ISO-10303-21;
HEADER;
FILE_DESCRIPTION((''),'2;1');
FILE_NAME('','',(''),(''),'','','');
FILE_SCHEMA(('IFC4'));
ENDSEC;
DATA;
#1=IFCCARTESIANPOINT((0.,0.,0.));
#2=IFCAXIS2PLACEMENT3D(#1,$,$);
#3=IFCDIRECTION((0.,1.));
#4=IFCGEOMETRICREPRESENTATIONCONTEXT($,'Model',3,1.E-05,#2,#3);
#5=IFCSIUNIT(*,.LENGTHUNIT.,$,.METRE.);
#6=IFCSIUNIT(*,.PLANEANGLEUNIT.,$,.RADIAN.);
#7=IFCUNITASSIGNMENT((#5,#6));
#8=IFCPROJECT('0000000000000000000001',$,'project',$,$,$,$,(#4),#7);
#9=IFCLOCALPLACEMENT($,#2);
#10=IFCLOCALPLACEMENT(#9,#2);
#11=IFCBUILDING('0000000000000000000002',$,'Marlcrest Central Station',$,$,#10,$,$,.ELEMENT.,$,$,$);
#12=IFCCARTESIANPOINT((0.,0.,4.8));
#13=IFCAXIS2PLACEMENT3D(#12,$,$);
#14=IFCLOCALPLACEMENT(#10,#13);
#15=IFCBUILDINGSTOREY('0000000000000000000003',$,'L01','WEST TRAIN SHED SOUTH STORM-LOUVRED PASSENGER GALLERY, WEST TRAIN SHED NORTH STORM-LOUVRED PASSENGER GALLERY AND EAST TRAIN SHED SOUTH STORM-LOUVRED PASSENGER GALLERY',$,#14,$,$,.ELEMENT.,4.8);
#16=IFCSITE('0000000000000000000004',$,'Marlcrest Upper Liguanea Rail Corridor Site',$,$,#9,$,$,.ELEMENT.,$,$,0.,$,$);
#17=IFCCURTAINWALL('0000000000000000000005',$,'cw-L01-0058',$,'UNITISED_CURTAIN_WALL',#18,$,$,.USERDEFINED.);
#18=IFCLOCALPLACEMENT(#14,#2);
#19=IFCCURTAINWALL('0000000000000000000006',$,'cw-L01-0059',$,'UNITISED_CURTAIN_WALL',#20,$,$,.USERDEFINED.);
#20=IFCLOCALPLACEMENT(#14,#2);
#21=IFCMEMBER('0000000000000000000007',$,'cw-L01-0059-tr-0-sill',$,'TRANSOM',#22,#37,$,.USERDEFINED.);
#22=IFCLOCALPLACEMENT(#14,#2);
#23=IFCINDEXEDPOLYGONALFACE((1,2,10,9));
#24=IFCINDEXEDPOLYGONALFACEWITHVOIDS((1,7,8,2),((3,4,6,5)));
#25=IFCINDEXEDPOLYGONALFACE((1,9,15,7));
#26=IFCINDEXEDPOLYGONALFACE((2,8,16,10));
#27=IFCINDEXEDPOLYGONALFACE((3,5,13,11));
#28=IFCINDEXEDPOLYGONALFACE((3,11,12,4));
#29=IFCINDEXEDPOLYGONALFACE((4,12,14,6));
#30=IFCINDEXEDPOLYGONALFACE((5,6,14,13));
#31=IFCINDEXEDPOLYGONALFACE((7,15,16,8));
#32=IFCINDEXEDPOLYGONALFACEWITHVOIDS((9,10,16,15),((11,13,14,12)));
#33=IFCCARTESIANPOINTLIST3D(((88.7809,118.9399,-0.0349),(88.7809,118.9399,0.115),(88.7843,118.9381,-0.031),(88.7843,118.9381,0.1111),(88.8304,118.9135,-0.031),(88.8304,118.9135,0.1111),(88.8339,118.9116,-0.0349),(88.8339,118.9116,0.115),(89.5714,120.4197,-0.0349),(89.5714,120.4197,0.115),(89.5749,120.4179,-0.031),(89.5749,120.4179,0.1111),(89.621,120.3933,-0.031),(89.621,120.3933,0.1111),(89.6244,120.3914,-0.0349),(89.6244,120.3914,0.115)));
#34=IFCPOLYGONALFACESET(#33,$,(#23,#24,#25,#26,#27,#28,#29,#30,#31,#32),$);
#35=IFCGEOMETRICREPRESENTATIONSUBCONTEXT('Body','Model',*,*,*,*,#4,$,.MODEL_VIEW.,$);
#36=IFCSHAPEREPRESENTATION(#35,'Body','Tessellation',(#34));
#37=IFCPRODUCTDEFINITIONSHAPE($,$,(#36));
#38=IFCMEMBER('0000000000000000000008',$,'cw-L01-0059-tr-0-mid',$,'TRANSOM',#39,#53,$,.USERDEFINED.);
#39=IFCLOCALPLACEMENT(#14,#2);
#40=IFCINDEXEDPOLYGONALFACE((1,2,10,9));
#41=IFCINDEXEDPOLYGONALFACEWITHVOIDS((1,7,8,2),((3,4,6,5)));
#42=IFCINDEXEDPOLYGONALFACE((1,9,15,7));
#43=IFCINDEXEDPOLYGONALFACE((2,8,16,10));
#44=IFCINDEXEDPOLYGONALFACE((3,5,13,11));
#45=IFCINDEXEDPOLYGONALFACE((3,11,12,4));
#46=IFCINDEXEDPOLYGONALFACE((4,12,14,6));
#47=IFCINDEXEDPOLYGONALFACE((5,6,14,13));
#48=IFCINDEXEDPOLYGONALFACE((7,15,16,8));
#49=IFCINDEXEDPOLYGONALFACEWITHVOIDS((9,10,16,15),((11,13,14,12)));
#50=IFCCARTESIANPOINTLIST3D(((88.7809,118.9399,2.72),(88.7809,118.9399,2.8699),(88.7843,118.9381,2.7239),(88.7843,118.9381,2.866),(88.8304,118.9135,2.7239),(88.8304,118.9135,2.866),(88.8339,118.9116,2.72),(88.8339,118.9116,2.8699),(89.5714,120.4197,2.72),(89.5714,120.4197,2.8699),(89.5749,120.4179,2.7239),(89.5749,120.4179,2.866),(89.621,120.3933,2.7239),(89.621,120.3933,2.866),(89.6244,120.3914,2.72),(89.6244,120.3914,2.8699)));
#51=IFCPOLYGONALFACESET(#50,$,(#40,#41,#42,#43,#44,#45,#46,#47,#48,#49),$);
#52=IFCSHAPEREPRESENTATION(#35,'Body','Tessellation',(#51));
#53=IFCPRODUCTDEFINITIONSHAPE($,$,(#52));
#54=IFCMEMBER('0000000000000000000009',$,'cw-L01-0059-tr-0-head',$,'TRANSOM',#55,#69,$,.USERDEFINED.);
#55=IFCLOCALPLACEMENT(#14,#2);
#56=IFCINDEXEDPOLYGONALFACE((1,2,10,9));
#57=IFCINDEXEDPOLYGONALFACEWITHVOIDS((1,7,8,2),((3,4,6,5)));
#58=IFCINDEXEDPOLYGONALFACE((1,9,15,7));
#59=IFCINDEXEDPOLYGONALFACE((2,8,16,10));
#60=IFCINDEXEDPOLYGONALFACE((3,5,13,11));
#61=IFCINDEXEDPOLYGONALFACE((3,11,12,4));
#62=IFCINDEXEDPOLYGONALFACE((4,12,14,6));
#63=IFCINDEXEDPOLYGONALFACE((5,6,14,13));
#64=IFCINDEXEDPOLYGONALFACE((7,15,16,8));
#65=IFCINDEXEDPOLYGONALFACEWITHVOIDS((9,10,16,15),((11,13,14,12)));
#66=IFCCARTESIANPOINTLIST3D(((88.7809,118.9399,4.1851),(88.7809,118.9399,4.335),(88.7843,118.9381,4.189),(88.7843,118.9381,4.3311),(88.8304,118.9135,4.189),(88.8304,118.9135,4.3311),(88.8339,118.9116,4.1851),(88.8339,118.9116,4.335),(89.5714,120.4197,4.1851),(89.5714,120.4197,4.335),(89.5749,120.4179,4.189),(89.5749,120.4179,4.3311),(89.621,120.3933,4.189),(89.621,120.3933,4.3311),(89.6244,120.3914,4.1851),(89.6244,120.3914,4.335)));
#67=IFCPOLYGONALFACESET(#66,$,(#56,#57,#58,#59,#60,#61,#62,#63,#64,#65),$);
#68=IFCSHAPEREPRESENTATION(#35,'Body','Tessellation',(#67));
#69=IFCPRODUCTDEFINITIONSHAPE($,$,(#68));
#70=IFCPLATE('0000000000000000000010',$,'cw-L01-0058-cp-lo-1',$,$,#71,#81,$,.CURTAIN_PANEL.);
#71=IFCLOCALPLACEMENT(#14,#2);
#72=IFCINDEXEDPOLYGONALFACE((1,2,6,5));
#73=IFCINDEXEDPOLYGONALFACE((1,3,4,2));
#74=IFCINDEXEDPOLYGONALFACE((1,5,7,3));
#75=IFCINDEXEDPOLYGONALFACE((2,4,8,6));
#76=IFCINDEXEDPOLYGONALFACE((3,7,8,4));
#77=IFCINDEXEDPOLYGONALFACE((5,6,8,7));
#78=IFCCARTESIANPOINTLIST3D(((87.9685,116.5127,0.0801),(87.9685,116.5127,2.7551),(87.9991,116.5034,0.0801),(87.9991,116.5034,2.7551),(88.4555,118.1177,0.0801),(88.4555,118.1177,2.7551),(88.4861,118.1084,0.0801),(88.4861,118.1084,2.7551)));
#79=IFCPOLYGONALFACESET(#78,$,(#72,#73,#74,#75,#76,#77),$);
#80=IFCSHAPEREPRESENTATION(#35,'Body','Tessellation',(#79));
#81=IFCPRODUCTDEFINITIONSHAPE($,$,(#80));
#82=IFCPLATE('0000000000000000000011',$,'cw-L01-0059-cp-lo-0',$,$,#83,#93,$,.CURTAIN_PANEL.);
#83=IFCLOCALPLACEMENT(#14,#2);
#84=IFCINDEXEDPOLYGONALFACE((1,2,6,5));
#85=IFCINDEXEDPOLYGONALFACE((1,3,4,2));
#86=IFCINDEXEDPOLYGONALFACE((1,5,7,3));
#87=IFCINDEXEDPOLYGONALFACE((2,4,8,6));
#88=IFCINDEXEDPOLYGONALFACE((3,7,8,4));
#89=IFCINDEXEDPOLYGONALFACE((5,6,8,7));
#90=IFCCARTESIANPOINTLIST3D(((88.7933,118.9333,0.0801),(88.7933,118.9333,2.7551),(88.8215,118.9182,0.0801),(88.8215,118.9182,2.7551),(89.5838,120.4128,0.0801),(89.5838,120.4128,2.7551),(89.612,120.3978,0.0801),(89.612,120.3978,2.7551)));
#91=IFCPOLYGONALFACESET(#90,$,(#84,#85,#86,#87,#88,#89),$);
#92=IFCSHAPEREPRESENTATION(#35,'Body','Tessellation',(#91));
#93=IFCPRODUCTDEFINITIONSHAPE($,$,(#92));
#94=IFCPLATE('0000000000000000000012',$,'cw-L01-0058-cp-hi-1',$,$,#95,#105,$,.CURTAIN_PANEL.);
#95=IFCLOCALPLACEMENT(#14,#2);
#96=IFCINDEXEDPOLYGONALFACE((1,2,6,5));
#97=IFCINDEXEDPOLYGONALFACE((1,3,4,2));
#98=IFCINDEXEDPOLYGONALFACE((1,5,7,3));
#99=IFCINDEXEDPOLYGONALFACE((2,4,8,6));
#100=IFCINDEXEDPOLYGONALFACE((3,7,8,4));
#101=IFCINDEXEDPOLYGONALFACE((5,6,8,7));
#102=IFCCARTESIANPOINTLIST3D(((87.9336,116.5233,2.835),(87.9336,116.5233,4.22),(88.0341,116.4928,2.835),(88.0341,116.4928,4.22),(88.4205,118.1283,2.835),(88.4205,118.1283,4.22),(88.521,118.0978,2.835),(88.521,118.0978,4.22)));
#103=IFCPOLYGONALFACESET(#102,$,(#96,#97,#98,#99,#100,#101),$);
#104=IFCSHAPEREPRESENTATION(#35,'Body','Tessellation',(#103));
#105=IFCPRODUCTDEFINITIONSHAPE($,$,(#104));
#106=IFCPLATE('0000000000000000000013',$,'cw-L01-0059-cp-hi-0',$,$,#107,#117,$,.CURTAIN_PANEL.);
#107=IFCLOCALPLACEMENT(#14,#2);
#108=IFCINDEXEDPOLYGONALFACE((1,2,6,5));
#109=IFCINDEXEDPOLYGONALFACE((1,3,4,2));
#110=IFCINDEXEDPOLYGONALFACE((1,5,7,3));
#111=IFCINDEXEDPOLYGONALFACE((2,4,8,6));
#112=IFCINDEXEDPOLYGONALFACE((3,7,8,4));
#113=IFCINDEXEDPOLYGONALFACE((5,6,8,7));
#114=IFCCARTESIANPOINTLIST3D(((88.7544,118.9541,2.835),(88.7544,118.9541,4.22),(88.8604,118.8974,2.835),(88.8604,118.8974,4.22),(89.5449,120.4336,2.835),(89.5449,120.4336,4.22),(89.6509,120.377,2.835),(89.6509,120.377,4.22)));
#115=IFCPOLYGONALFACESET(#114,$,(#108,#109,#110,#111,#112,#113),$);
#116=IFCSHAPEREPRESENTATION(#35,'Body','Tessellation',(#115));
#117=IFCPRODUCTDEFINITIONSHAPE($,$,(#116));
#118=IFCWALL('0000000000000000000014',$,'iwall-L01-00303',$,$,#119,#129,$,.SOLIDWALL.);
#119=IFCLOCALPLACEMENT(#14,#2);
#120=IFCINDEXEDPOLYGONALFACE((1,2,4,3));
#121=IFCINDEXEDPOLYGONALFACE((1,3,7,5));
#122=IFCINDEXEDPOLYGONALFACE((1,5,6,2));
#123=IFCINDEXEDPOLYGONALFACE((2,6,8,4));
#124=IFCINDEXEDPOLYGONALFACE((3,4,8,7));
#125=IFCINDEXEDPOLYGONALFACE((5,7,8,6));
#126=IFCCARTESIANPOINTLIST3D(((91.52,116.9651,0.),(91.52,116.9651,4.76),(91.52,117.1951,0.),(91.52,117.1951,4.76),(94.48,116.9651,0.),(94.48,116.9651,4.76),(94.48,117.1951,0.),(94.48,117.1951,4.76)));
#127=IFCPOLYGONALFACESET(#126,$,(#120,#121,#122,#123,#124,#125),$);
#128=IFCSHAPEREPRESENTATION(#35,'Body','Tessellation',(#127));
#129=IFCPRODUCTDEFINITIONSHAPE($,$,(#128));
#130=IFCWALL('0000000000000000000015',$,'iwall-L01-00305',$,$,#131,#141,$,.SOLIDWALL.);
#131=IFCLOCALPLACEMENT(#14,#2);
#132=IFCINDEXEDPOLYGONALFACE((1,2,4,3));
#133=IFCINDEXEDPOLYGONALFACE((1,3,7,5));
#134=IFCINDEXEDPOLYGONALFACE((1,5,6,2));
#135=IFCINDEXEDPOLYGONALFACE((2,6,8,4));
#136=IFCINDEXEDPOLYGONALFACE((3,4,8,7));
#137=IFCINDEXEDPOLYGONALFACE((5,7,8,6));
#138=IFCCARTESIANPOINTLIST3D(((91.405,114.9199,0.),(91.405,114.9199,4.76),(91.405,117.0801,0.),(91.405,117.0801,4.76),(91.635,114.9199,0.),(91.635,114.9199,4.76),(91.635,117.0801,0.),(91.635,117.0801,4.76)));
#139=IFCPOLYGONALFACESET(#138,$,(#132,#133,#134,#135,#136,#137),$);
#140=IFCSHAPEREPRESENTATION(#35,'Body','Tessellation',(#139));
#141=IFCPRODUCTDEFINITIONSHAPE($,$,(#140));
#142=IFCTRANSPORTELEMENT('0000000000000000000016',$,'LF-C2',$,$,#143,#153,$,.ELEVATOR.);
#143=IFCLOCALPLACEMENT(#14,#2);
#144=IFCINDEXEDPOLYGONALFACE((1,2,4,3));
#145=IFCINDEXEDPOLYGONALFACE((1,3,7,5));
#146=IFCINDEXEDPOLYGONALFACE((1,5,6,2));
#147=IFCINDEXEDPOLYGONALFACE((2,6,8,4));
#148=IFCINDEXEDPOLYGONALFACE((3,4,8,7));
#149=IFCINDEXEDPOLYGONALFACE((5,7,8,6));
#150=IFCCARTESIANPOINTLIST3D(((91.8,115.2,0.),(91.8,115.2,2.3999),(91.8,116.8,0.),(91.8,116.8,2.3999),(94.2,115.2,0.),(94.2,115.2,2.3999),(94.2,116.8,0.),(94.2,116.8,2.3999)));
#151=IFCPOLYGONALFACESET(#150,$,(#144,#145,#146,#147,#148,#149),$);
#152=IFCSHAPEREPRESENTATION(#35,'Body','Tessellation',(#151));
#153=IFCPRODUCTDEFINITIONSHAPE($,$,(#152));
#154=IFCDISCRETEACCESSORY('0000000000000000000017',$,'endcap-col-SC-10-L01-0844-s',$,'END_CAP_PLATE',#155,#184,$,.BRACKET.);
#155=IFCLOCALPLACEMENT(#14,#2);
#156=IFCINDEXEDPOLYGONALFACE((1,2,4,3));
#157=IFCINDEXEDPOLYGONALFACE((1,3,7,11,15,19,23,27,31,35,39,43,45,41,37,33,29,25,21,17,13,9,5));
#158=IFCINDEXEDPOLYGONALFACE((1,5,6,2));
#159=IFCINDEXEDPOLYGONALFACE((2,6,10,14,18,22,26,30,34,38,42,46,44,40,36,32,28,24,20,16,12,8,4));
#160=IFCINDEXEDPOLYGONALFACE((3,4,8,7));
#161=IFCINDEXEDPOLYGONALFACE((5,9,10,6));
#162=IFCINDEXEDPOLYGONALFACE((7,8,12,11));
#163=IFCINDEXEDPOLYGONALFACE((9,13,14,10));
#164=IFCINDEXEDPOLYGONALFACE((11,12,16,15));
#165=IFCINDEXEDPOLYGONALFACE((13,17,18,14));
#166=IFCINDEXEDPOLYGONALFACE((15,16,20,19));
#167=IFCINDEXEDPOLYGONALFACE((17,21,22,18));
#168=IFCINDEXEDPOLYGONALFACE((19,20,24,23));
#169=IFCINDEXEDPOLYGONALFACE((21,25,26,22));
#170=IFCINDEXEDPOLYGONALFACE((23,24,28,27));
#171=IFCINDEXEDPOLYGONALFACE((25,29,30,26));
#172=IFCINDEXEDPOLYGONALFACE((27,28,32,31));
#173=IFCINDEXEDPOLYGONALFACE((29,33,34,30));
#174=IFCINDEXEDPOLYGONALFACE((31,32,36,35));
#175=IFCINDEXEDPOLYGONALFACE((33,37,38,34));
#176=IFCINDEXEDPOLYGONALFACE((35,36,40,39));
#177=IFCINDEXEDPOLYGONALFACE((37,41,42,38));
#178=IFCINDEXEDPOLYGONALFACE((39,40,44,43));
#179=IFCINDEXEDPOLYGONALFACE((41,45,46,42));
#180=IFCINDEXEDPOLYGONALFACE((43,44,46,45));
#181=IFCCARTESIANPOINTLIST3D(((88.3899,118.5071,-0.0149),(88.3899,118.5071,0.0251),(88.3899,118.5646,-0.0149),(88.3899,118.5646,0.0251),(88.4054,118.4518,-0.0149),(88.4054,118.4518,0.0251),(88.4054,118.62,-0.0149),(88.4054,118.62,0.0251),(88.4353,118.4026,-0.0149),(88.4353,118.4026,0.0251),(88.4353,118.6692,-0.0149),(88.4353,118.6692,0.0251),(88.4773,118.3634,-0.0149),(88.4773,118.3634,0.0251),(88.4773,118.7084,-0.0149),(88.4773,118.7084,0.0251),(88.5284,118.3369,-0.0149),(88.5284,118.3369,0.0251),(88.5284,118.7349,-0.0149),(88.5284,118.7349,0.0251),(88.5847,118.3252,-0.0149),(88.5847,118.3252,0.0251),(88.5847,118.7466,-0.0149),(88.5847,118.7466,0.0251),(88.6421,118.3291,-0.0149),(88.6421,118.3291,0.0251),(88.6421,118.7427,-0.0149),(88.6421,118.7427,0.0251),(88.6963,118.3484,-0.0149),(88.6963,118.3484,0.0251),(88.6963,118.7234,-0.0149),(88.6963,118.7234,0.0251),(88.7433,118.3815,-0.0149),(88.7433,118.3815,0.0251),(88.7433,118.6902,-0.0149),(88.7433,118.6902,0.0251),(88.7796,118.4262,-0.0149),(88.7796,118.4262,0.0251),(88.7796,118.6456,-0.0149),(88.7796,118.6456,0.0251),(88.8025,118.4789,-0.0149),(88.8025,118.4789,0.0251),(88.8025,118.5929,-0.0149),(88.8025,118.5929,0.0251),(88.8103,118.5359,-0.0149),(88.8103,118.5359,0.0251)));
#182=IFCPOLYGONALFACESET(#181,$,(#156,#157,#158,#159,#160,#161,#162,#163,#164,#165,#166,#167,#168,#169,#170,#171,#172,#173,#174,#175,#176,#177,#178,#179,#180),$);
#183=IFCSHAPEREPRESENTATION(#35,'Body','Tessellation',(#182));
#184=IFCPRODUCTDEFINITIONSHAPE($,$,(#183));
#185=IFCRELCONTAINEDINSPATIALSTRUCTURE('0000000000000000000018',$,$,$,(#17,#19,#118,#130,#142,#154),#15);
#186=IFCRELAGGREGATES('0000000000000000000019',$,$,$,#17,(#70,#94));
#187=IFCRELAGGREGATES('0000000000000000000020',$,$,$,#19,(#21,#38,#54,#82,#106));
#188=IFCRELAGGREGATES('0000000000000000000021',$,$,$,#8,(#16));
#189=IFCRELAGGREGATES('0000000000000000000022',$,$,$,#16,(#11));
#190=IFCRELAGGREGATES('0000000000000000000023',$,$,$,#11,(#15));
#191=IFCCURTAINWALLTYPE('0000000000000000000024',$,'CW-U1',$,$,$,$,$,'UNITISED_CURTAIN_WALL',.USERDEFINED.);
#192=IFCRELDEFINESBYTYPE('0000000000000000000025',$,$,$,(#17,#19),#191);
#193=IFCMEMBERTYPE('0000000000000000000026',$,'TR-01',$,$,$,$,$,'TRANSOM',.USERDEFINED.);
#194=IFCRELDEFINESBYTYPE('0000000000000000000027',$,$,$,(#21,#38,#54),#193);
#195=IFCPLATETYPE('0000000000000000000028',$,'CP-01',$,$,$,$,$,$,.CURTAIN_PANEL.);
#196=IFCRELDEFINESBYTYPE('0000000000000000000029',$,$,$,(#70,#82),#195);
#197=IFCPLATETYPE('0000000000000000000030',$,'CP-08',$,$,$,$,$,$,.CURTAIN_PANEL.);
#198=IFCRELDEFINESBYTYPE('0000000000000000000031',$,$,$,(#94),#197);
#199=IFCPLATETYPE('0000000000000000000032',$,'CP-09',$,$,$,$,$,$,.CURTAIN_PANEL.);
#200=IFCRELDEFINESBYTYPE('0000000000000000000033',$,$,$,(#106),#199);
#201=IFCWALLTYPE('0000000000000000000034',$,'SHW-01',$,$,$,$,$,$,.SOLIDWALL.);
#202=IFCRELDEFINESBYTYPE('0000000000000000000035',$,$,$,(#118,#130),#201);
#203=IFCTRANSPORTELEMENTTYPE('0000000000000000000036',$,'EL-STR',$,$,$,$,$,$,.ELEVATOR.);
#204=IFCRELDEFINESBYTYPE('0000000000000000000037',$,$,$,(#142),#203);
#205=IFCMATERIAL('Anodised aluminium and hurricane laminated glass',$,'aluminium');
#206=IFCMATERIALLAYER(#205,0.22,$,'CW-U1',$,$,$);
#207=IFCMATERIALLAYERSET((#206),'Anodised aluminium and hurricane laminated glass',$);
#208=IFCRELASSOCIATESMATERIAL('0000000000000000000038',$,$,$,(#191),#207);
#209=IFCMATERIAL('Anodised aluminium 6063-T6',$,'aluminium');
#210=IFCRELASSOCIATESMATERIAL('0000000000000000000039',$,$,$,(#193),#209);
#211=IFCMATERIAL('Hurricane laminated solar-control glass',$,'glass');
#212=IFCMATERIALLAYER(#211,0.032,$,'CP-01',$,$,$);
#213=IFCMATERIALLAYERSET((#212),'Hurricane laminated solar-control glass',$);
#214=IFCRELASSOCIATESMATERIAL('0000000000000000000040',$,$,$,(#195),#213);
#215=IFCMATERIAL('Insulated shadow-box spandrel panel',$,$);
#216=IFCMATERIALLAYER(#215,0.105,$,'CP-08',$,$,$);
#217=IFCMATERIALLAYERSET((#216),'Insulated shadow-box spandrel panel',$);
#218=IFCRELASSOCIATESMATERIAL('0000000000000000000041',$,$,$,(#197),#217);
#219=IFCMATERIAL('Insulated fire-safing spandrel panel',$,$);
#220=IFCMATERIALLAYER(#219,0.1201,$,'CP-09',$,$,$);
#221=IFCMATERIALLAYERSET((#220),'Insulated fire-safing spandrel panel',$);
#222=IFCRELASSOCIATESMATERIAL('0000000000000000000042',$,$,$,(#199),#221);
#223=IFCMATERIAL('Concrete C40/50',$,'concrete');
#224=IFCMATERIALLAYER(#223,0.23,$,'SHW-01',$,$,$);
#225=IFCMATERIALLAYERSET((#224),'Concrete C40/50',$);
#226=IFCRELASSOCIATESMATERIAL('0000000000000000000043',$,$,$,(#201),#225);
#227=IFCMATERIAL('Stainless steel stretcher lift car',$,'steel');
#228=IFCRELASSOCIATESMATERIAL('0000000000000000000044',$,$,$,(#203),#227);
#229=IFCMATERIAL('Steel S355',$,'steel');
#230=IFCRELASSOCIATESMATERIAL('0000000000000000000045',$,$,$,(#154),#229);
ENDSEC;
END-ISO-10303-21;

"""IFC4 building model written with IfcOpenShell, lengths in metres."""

from ifc_helpers import new_model, si_unit, direction, frame, frame_2d, origin, origin_2d, place, context, subcontext, project, spatial, rectangle, hollow_rectangle, circle, extrude, material, layer, layer_set, material_profile, profile_set, type_object, element, aggregate, save


model = new_model("IFC4")

# Units and contexts
model_context = context("Model", 3, precision=1e-05, world=origin(), true_north=direction((0.0, 1.0)))
body_context = subcontext(model_context, "Body", "Model", "MODEL_VIEW")
ifc_project = project(units=[si_unit("LENGTHUNIT", "METRE"), si_unit("PLANEANGLEUNIT", "RADIAN")], contexts=[model_context])

# Site, building, storey
site_placement = place(None, origin())
site = spatial("IfcSite", under=ifc_project, at=site_placement, Name="Marlcrest Upper Liguanea Rail Corridor Site", CompositionType="ELEMENT", RefElevation=0.0)
building_placement = place(site_placement, origin())
building = spatial("IfcBuilding", under=site, at=building_placement, Name="Marlcrest Central Station", CompositionType="ELEMENT")
storey_placement = place(building_placement, frame((0.0, 0.0, 4.8)))
storey = spatial("IfcBuildingStorey", under=building, at=storey_placement, Name="L01", Description="WEST TRAIN SHED SOUTH STORM-LOUVRED PASSENGER GALLERY, WEST TRAIN SHED NORTH STORM-LOUVRED PASSENGER GALLERY AND EAST TRAIN SHED SOUTH STORM-LOUVRED PASSENGER GALLERY", CompositionType="ELEMENT", Elevation=4.8)

# Shared definitions
ifc_material_1 = material(Name="Steel S355", Category="steel")

# Curtain wall
ifc_material_2 = material(Name="Anodised aluminium and hurricane laminated glass", Category="aluminium")
ifc_layer_1 = layer(ifc_material_2, 0.22, Name="CW-U1")
ifc_layer_set_1 = layer_set([ifc_layer_1], Name="Anodised aluminium and hurricane laminated glass")
curtain_wall_type = type_object("IfcCurtainWallType", Name="CW-U1", ElementType="UNITISED_CURTAIN_WALL", PredefinedType="USERDEFINED", material=ifc_layer_set_1)
curtain_wall_1_placement = place(storey_placement, origin())
curtain_wall_1 = element("IfcCurtainWall", 1, at=curtain_wall_1_placement, inside=storey, type_object=curtain_wall_type, Name="cw-L01-0058", ObjectType="UNITISED_CURTAIN_WALL", PredefinedType="USERDEFINED")
ifc_material_3 = material(Name="Anodised aluminium 6063-T6", Category="aluminium")

# Curtain wall
curtain_wall_2_placement = place(storey_placement, origin())
curtain_wall_2 = element("IfcCurtainWall", 2, at=curtain_wall_2_placement, inside=storey, type_object=curtain_wall_type, Name="cw-L01-0059", ObjectType="UNITISED_CURTAIN_WALL", PredefinedType="USERDEFINED")

# Members
ifc_material_profile_1 = material_profile(ifc_material_3, hollow_rectangle(XDim=0.0601, YDim=0.1499, WallThickness=0.0039, at=origin_2d()), Name="AA-RHS 150x60x4")
ifc_profile_set_1 = profile_set([ifc_material_profile_1], Name="Anodised aluminium 6063-T6")
member_type_1 = type_object("IfcMemberType", Name="TR-01", ElementType="TRANSOM", PredefinedType="USERDEFINED", material=ifc_profile_set_1)
member_1_placement = place(storey_placement, frame((88.8074, 118.9258, 0.04), z_axis=(0.471207, 0.882022, 0.0), x_axis=(-0.882022, 0.471207, 0.0)))
member_1 = element("IfcMember", 3, at=member_1_placement, type_object=member_type_1, Name="cw-L01-0059-tr-0-sill", ObjectType="TRANSOM", PredefinedType="USERDEFINED", context=body_context, shape_type="SweptSolid", body=[
    extrude(hollow_rectangle(XDim=0.0601, YDim=0.1499, WallThickness=0.0039, at=origin_2d()), origin(), (0.0, 0.0, 1.0), 1.6777),
])
member_2_placement = place(storey_placement, frame((88.8074, 118.9258, 2.7949), z_axis=(0.471207, 0.882022, 0.0), x_axis=(-0.882022, 0.471207, 0.0)))
member_2 = element("IfcMember", 4, at=member_2_placement, type_object=member_type_1, Name="cw-L01-0059-tr-0-mid", ObjectType="TRANSOM", PredefinedType="USERDEFINED", context=body_context, shape_type="SweptSolid", body=[
    extrude(hollow_rectangle(XDim=0.0601, YDim=0.1499, WallThickness=0.0039, at=origin_2d()), origin(), (0.0, 0.0, 1.0), 1.6777),
])
member_3_placement = place(storey_placement, frame((88.8074, 118.9258, 4.26), z_axis=(0.471207, 0.882022, 0.0), x_axis=(-0.882022, 0.471207, 0.0)))
member_3 = element("IfcMember", 5, at=member_3_placement, type_object=member_type_1, Name="cw-L01-0059-tr-0-head", ObjectType="TRANSOM", PredefinedType="USERDEFINED", context=body_context, shape_type="SweptSolid", body=[
    extrude(hollow_rectangle(XDim=0.0601, YDim=0.1499, WallThickness=0.0039, at=origin_2d()), origin(), (0.0, 0.0, 1.0), 1.6777),
])

# Plates
ifc_material_4 = material(Name="Hurricane laminated solar-control glass", Category="glass")
ifc_layer_2 = layer(ifc_material_4, 0.032, Name="CP-01")
ifc_layer_set_2 = layer_set([ifc_layer_2], Name="Hurricane laminated solar-control glass")
plate_type_1 = type_object("IfcPlateType", Name="CP-01", PredefinedType="CURTAIN_PANEL", material=ifc_layer_set_2)
plate_1_placement = place(storey_placement, frame((88.2273, 117.3105, 0.0801), z_axis=(0.0, 0.0, 1.0), x_axis=(0.290318, 0.95693, 0.0)))
plate_1 = element("IfcPlate", 6, at=plate_1_placement, type_object=plate_type_1, Name="cw-L01-0058-cp-lo-1", PredefinedType="CURTAIN_PANEL", context=body_context, shape_type="SweptSolid", body=[
    extrude(rectangle(XDim=1.6772, YDim=0.032, at=origin_2d()), origin(), (0.0, 0.0, 1.0), 2.675),
])
plate_2_placement = place(storey_placement, frame((89.2026, 119.6655, 0.0801), z_axis=(0.0, 0.0, 1.0), x_axis=(0.471243, 0.882004, 0.0)))
plate_2 = element("IfcPlate", 7, at=plate_2_placement, type_object=plate_type_1, Name="cw-L01-0059-cp-lo-0", PredefinedType="CURTAIN_PANEL", context=body_context, shape_type="SweptSolid", body=[
    extrude(rectangle(XDim=1.6775, YDim=0.032, at=origin_2d()), origin(), (0.0, 0.0, 1.0), 2.675),
])
ifc_material_5 = material(Name="Insulated shadow-box spandrel panel")
ifc_layer_3 = layer(ifc_material_5, 0.105, Name="CP-08")
ifc_layer_set_3 = layer_set([ifc_layer_3], Name="Insulated shadow-box spandrel panel")
plate_type_2 = type_object("IfcPlateType", Name="CP-08", PredefinedType="CURTAIN_PANEL", material=ifc_layer_set_3)
plate_3_placement = place(storey_placement, frame((88.2273, 117.3105, 2.835), z_axis=(0.0, 0.0, 1.0), x_axis=(0.290318, 0.95693, 0.0)))
plate_3 = element("IfcPlate", 8, at=plate_3_placement, type_object=plate_type_2, Name="cw-L01-0058-cp-hi-1", PredefinedType="CURTAIN_PANEL", context=body_context, shape_type="SweptSolid", body=[
    extrude(rectangle(XDim=1.6772, YDim=0.105, at=origin_2d()), origin(), (0.0, 0.0, 1.0), 1.385),
])
aggregate(curtain_wall_1, [plate_1, plate_3])
ifc_material_6 = material(Name="Insulated fire-safing spandrel panel")
ifc_layer_4 = layer(ifc_material_6, 0.1201, Name="CP-09")
ifc_layer_set_4 = layer_set([ifc_layer_4], Name="Insulated fire-safing spandrel panel")
plate_type_3 = type_object("IfcPlateType", Name="CP-09", PredefinedType="CURTAIN_PANEL", material=ifc_layer_set_4)
plate_4_placement = place(storey_placement, frame((89.2026, 119.6655, 2.835), z_axis=(0.0, 0.0, 1.0), x_axis=(0.471243, 0.882004, 0.0)))
plate_4 = element("IfcPlate", 9, at=plate_4_placement, type_object=plate_type_3, Name="cw-L01-0059-cp-hi-0", PredefinedType="CURTAIN_PANEL", context=body_context, shape_type="SweptSolid", body=[
    extrude(rectangle(XDim=1.6775, YDim=0.1201, at=origin_2d()), origin(), (0.0, 0.0, 1.0), 1.385),
])
aggregate(curtain_wall_2, [member_1, member_2, member_3, plate_2, plate_4])

# Walls
ifc_material_7 = material(Name="Concrete C40/50", Category="concrete")
ifc_layer_5 = layer(ifc_material_7, 0.23, Name="SHW-01")
ifc_layer_set_5 = layer_set([ifc_layer_5], Name="Concrete C40/50")
wall_type = type_object("IfcWallType", Name="SHW-01", PredefinedType="SOLIDWALL", material=ifc_layer_set_5)
wall_1_placement = place(storey_placement, frame((91.52, 117.0801, 0.0), z_axis=(0.0, 0.0, 1.0), x_axis=(1.0, 0.0, 0.0)))
element("IfcWall", 10, at=wall_1_placement, inside=storey, type_object=wall_type, Name="iwall-L01-00303", PredefinedType="SOLIDWALL", context=body_context, shape_type="SweptSolid", body=[
    extrude(rectangle(XDim=2.96, YDim=0.23, at=frame_2d((1.48, 0.0))), origin(), (0.0, 0.0, 1.0), 4.76),
])
wall_2_placement = place(storey_placement, frame((91.52, 114.9199, 0.0), z_axis=(0.0, 0.0, 1.0), x_axis=(0.0, 1.0, 0.0)))
element("IfcWall", 11, at=wall_2_placement, inside=storey, type_object=wall_type, Name="iwall-L01-00305", PredefinedType="SOLIDWALL", context=body_context, shape_type="SweptSolid", body=[
    extrude(rectangle(XDim=2.1602, YDim=0.23, at=frame_2d((1.0801, 0.0))), origin(), (0.0, 0.0, 1.0), 4.76),
])

# Transport element
ifc_material_8 = material(Name="Stainless steel stretcher lift car", Category="steel")
transport_element_type = type_object("IfcTransportElementType", Name="EL-STR", PredefinedType="ELEVATOR", material=ifc_material_8)
transport_element_placement = place(storey_placement, frame((93.0, 116.0, 0.0), z_axis=(0.0, 0.0, 1.0), x_axis=(1.0, 0.0, 0.0)))
element("IfcTransportElement", 12, at=transport_element_placement, inside=storey, type_object=transport_element_type, Name="LF-C2", PredefinedType="ELEVATOR", context=body_context, shape_type="SweptSolid", body=[
    extrude(rectangle(XDim=2.3999, YDim=1.6001, at=origin_2d()), origin(), (0.0, 0.0, 1.0), 2.3999),
])

# Discrete accessory
for number, where, z_axis, x_axis, name in (
    (13, (88.5991, 118.5359, -0.0149), (0.0, 0.0, 1.0), (1.0, 0.0, 0.0), "endcap-col-SC-10-L01-0844-s"),
):
    element("IfcDiscreteAccessory", number, at=place(storey_placement, frame(where, z_axis=z_axis, x_axis=x_axis)), inside=storey, material=ifc_material_1, Name=name, ObjectType="END_CAP_PLATE", PredefinedType="BRACKET", context=body_context, shape_type="SweptSolid", body=[
        extrude(circle(Radius=0.2112, at=origin_2d()), origin(), (0.0, 0.0, 1.0), 0.04),
    ])

save(model, "model.ifc")
